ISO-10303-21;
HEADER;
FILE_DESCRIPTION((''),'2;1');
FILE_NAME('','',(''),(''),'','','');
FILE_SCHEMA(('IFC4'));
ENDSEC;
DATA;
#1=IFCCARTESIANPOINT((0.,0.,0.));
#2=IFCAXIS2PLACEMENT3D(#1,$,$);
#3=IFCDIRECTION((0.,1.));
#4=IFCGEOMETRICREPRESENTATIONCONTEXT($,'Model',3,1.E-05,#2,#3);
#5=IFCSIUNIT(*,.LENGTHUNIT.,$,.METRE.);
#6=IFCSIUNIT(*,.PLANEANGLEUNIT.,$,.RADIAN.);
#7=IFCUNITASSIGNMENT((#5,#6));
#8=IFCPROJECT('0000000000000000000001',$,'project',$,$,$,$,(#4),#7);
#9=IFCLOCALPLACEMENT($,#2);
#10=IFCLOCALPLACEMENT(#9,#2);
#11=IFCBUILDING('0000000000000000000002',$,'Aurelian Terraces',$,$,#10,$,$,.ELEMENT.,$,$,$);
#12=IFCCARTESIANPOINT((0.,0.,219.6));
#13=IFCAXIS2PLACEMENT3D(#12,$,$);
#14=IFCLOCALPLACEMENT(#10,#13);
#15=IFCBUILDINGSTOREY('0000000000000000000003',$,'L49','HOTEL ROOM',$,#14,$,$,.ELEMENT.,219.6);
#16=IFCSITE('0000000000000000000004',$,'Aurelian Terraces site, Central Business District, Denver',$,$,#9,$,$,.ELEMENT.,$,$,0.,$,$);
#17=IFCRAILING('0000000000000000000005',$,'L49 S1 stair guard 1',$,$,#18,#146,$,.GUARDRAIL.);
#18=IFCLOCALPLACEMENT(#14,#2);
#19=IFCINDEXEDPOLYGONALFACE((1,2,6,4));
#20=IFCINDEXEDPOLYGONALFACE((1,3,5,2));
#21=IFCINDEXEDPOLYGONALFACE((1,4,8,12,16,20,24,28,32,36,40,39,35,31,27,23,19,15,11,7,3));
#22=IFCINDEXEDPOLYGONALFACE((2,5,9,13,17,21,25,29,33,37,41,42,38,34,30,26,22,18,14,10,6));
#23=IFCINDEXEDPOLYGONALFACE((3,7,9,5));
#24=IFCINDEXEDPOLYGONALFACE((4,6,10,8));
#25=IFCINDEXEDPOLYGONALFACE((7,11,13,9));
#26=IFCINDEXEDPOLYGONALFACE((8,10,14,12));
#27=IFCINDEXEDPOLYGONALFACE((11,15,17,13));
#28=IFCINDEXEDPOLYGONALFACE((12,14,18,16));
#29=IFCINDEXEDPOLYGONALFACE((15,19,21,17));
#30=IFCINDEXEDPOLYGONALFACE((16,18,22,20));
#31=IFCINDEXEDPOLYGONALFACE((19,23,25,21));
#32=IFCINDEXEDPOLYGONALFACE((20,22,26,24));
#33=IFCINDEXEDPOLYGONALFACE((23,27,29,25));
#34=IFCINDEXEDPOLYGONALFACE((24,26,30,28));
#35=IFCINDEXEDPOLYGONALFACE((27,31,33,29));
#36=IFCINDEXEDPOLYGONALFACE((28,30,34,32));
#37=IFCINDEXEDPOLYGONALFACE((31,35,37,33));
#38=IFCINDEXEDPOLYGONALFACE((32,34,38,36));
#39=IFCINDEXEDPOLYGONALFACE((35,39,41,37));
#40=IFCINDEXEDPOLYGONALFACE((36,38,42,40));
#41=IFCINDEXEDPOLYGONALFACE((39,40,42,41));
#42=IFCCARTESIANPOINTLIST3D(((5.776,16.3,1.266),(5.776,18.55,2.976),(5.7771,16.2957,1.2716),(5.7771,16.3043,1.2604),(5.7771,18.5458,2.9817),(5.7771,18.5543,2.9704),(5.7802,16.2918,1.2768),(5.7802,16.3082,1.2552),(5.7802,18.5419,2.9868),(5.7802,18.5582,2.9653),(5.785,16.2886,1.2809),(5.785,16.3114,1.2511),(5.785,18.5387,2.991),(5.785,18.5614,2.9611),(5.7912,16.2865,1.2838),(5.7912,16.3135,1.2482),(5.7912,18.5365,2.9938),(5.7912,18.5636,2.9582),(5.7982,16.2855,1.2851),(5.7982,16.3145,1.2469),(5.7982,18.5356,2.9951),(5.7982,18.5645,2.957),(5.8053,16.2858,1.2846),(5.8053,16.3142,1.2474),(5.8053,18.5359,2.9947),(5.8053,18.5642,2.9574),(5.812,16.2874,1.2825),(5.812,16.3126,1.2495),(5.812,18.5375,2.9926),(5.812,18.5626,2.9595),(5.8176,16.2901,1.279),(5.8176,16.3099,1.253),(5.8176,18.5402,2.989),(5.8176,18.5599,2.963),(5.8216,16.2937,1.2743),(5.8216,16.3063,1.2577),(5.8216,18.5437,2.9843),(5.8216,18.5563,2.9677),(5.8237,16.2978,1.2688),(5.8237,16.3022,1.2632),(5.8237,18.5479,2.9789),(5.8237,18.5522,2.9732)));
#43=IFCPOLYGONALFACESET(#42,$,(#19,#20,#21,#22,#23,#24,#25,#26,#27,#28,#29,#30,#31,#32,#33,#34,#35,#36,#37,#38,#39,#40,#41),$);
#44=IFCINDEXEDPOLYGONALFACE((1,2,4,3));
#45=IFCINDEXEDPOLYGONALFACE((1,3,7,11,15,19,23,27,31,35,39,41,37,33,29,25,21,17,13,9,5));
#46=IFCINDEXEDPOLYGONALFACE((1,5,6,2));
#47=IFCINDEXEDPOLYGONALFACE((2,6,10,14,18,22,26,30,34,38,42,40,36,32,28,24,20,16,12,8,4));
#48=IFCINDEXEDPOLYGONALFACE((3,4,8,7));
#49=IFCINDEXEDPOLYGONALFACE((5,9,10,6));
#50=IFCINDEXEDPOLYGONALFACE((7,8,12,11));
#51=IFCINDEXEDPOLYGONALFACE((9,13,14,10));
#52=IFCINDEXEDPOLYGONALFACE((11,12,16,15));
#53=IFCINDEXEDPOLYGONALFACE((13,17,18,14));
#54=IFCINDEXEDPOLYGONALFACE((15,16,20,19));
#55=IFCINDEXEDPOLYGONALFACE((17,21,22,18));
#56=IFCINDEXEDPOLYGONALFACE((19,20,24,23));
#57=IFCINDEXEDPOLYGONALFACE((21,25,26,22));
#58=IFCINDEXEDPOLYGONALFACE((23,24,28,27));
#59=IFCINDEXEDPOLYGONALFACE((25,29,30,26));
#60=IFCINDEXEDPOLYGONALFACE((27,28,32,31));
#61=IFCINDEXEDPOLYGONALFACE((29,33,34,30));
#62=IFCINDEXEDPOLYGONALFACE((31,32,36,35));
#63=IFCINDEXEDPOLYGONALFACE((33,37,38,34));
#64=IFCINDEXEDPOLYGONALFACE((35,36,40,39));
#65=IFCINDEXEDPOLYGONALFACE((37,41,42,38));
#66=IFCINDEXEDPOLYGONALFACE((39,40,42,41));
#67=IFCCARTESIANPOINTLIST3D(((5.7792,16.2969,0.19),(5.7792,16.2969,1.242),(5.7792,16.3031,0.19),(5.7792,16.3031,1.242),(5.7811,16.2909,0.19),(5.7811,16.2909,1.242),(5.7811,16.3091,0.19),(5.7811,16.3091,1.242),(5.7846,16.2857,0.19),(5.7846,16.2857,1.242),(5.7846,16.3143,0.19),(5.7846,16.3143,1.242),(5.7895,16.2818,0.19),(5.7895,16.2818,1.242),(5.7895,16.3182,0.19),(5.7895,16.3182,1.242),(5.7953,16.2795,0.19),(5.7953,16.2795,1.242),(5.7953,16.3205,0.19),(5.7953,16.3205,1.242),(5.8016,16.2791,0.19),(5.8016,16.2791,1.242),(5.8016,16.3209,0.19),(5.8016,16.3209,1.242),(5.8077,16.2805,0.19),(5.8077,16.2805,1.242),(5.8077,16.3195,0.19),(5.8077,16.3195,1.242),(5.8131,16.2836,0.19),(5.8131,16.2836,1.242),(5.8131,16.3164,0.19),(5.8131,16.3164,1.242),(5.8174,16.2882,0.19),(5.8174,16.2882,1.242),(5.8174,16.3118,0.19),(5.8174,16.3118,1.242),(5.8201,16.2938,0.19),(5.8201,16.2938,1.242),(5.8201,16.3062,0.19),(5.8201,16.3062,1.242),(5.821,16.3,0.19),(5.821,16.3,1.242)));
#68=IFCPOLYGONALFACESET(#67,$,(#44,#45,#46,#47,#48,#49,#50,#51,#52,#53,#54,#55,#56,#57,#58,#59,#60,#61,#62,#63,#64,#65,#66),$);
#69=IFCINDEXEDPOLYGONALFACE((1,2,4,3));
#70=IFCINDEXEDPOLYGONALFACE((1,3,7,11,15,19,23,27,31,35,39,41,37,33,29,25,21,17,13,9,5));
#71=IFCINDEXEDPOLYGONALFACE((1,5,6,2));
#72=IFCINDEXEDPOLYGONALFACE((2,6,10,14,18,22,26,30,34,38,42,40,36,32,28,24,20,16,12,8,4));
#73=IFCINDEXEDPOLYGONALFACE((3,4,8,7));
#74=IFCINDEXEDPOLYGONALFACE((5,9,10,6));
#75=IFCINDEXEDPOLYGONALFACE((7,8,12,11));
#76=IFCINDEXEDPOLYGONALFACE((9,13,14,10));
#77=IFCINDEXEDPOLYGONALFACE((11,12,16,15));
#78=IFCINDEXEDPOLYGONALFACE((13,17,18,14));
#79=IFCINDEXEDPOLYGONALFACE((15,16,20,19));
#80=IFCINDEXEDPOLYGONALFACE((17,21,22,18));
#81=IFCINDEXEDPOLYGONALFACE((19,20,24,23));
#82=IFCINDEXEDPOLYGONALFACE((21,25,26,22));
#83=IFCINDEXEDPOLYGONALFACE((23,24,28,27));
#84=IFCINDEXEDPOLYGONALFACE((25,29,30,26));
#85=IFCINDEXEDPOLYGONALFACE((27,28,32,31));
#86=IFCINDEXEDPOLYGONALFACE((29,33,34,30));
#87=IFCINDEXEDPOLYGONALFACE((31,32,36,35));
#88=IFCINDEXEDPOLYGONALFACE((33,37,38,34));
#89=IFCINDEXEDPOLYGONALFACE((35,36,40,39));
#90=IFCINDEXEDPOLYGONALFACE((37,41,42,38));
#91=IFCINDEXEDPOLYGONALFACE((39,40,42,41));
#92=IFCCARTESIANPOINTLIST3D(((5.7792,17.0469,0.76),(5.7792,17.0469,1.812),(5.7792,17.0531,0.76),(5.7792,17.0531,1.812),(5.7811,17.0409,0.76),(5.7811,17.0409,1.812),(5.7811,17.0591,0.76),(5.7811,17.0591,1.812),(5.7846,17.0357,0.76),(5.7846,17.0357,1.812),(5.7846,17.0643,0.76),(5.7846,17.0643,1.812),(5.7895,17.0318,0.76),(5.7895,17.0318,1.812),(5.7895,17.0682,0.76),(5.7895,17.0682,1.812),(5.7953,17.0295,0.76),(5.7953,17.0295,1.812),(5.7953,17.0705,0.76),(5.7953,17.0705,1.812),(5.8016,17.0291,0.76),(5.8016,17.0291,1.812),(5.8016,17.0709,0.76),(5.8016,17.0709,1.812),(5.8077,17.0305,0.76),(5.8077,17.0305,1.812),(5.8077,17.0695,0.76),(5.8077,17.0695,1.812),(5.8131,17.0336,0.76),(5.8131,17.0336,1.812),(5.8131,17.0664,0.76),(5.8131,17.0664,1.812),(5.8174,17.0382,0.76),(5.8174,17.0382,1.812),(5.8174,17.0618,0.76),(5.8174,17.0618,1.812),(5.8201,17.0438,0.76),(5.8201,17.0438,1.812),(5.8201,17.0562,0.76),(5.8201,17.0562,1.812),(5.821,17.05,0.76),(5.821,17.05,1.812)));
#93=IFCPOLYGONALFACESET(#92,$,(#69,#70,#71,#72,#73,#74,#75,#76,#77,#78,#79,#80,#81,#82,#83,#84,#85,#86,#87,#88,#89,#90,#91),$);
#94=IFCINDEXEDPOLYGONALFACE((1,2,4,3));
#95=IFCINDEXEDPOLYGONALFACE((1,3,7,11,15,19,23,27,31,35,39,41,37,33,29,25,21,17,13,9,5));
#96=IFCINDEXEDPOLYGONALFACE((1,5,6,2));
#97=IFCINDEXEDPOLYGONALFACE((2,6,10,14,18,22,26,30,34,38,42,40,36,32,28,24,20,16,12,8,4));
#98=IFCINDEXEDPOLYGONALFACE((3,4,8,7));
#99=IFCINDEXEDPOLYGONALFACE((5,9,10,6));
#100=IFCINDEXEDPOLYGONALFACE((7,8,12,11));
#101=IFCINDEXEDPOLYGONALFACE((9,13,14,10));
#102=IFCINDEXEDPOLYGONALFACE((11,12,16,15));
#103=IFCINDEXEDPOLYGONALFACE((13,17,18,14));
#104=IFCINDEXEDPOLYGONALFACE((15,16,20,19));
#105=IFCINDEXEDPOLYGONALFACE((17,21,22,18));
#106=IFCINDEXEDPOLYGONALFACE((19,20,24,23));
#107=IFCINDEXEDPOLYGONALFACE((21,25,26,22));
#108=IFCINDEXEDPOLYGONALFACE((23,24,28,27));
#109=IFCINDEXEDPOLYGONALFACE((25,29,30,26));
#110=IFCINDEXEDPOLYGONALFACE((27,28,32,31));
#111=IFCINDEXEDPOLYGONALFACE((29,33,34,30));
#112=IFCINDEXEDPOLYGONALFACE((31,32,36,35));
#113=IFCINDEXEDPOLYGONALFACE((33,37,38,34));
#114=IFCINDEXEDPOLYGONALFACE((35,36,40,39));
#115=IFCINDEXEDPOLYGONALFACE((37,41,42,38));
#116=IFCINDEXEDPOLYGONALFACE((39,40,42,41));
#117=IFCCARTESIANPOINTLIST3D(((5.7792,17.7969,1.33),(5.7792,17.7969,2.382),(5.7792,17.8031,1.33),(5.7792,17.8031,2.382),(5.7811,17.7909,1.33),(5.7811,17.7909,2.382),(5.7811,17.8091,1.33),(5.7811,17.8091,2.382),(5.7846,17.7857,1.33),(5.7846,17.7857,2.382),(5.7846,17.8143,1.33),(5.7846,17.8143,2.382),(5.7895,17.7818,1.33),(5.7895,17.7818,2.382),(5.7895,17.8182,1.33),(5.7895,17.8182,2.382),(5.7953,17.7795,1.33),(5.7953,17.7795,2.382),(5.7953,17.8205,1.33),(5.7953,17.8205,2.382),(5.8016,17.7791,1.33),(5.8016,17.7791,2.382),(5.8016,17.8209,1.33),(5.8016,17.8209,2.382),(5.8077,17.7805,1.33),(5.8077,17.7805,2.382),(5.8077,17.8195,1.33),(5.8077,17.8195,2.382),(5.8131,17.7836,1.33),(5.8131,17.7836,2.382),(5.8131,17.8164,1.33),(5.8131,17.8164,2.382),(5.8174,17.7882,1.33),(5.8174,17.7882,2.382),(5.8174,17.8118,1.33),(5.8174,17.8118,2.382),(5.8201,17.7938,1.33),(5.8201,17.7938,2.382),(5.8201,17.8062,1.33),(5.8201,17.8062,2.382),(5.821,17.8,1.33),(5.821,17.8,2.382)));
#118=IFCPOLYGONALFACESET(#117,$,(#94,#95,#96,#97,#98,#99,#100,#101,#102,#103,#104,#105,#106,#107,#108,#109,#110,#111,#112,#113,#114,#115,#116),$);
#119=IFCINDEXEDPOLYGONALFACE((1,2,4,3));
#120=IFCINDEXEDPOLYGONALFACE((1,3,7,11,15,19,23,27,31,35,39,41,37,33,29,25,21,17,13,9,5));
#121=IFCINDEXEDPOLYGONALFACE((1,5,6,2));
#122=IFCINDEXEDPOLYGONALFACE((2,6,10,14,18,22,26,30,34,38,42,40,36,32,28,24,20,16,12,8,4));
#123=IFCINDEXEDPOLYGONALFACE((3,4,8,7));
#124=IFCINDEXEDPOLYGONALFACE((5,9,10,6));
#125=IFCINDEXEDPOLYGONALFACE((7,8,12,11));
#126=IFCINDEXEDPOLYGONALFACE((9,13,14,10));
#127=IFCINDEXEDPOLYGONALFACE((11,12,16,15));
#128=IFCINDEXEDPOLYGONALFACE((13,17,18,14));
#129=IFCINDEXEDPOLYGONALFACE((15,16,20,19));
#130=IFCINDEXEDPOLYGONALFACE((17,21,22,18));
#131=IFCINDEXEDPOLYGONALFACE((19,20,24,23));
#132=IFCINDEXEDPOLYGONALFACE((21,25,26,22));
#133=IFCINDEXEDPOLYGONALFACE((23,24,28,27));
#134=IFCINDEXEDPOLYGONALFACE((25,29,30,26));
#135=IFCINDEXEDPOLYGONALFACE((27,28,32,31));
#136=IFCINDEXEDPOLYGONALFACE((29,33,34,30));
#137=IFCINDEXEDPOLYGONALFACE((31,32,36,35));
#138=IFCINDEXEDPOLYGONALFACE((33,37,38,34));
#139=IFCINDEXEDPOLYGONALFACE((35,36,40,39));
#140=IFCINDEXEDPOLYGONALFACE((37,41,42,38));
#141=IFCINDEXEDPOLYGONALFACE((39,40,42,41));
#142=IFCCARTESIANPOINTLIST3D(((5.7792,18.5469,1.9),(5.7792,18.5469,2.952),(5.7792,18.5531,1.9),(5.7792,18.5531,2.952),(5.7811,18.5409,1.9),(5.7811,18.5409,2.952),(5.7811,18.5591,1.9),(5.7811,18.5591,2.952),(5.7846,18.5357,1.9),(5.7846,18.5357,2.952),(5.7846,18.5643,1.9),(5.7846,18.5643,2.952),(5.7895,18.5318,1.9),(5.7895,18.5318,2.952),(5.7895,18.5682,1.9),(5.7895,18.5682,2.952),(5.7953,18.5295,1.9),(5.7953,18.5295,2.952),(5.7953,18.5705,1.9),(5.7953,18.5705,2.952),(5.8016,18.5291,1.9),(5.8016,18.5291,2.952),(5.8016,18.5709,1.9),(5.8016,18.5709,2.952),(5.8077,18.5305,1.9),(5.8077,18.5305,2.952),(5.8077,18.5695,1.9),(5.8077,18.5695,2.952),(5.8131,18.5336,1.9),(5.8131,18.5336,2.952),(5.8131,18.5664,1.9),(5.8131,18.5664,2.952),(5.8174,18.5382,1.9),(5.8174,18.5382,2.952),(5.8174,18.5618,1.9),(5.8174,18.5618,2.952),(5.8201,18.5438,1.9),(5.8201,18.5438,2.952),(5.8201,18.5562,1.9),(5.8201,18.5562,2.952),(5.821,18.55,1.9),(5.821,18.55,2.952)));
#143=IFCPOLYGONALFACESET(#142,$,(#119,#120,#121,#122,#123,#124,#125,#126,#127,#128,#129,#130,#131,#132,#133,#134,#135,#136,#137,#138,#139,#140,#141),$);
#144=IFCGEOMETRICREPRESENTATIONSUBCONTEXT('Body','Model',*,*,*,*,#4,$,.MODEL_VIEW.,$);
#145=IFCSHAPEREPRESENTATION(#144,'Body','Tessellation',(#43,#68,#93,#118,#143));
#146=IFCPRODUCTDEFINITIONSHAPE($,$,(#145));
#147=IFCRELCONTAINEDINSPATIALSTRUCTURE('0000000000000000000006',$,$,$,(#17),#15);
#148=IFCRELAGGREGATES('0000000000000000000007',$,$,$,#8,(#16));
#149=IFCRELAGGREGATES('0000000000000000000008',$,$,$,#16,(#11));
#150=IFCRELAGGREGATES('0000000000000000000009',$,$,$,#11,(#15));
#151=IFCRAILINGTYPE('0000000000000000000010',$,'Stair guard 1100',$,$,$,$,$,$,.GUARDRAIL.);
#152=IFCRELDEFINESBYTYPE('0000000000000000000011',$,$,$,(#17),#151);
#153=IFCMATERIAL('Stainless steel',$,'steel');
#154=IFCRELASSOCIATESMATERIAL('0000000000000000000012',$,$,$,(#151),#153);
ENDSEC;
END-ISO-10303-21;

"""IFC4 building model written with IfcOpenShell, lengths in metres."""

from ifc_helpers import new_model, si_unit, direction, frame, origin, origin_2d, place, context, subcontext, project, spatial, circle, extrude, source, transform, mapped, material, type_object, element, save


model = new_model("IFC4")

# Units and contexts
model_context = context("Model", 3, precision=1e-05, world=origin(), true_north=direction((0.0, 1.0)))
body_context = subcontext(model_context, "Body", "Model", "MODEL_VIEW")
ifc_project = project(units=[si_unit("LENGTHUNIT", "METRE"), si_unit("PLANEANGLEUNIT", "RADIAN")], contexts=[model_context])

# Site, building, storey
site_placement = place(None, origin())
site = spatial("IfcSite", under=ifc_project, at=site_placement, Name="Aurelian Terraces site, Central Business District, Denver", CompositionType="ELEMENT", RefElevation=0.0)
building_placement = place(site_placement, origin())
building = spatial("IfcBuilding", under=site, at=building_placement, Name="Aurelian Terraces", CompositionType="ELEMENT")
storey_placement = place(building_placement, frame((0.0, 0.0, 219.6)))
storey = spatial("IfcBuildingStorey", under=building, at=storey_placement, Name="L49", Description="HOTEL ROOM", CompositionType="ELEMENT", Elevation=219.6)

# Shared definitions
ifc_material_1 = material(Name="Stainless steel", Category="steel")

# Railing
railing_type_1 = type_object("IfcRailingType", Name="Stair guard 1100", PredefinedType="GUARDRAIL", material=ifc_material_1)
shared_shape_1 = source(origin(), body_context, "Body", "SweptSolid", [
    extrude(circle(Radius=0.024, at=origin_2d()), frame((0.0, 0.0, 1.076), z_axis=(0.0, 0.796162, 0.605083), x_axis=(-1.0, 0.0, 0.0)), (0.0, 0.0, 1.0), 2.8261),
    extrude(circle(Radius=0.021, at=origin_2d()), origin(), (0.0, 0.0, 1.0), 1.052),
    extrude(circle(Radius=0.021, at=origin_2d()), frame((0.0, 0.75, 0.57)), (0.0, 0.0, 1.0), 1.052),
    extrude(circle(Radius=0.021, at=origin_2d()), frame((0.0, 1.5, 1.14)), (0.0, 0.0, 1.0), 1.052),
    extrude(circle(Radius=0.021, at=origin_2d()), frame((0.0, 2.25, 1.71)), (0.0, 0.0, 1.0), 1.052),
])
railing_1_placement = place(storey_placement, frame((5.8, 16.3, 0.19)))
element("IfcRailing", 1, at=railing_1_placement, inside=storey, type_object=railing_type_1, Name="L49 S1 stair guard 1", PredefinedType="GUARDRAIL", context=body_context, shape_type="MappedRepresentation", body=[
    mapped(shared_shape_1, transform((0.0, 0.0, 0.0), scale=1.0)),
])

save(model, "model.ifc")
